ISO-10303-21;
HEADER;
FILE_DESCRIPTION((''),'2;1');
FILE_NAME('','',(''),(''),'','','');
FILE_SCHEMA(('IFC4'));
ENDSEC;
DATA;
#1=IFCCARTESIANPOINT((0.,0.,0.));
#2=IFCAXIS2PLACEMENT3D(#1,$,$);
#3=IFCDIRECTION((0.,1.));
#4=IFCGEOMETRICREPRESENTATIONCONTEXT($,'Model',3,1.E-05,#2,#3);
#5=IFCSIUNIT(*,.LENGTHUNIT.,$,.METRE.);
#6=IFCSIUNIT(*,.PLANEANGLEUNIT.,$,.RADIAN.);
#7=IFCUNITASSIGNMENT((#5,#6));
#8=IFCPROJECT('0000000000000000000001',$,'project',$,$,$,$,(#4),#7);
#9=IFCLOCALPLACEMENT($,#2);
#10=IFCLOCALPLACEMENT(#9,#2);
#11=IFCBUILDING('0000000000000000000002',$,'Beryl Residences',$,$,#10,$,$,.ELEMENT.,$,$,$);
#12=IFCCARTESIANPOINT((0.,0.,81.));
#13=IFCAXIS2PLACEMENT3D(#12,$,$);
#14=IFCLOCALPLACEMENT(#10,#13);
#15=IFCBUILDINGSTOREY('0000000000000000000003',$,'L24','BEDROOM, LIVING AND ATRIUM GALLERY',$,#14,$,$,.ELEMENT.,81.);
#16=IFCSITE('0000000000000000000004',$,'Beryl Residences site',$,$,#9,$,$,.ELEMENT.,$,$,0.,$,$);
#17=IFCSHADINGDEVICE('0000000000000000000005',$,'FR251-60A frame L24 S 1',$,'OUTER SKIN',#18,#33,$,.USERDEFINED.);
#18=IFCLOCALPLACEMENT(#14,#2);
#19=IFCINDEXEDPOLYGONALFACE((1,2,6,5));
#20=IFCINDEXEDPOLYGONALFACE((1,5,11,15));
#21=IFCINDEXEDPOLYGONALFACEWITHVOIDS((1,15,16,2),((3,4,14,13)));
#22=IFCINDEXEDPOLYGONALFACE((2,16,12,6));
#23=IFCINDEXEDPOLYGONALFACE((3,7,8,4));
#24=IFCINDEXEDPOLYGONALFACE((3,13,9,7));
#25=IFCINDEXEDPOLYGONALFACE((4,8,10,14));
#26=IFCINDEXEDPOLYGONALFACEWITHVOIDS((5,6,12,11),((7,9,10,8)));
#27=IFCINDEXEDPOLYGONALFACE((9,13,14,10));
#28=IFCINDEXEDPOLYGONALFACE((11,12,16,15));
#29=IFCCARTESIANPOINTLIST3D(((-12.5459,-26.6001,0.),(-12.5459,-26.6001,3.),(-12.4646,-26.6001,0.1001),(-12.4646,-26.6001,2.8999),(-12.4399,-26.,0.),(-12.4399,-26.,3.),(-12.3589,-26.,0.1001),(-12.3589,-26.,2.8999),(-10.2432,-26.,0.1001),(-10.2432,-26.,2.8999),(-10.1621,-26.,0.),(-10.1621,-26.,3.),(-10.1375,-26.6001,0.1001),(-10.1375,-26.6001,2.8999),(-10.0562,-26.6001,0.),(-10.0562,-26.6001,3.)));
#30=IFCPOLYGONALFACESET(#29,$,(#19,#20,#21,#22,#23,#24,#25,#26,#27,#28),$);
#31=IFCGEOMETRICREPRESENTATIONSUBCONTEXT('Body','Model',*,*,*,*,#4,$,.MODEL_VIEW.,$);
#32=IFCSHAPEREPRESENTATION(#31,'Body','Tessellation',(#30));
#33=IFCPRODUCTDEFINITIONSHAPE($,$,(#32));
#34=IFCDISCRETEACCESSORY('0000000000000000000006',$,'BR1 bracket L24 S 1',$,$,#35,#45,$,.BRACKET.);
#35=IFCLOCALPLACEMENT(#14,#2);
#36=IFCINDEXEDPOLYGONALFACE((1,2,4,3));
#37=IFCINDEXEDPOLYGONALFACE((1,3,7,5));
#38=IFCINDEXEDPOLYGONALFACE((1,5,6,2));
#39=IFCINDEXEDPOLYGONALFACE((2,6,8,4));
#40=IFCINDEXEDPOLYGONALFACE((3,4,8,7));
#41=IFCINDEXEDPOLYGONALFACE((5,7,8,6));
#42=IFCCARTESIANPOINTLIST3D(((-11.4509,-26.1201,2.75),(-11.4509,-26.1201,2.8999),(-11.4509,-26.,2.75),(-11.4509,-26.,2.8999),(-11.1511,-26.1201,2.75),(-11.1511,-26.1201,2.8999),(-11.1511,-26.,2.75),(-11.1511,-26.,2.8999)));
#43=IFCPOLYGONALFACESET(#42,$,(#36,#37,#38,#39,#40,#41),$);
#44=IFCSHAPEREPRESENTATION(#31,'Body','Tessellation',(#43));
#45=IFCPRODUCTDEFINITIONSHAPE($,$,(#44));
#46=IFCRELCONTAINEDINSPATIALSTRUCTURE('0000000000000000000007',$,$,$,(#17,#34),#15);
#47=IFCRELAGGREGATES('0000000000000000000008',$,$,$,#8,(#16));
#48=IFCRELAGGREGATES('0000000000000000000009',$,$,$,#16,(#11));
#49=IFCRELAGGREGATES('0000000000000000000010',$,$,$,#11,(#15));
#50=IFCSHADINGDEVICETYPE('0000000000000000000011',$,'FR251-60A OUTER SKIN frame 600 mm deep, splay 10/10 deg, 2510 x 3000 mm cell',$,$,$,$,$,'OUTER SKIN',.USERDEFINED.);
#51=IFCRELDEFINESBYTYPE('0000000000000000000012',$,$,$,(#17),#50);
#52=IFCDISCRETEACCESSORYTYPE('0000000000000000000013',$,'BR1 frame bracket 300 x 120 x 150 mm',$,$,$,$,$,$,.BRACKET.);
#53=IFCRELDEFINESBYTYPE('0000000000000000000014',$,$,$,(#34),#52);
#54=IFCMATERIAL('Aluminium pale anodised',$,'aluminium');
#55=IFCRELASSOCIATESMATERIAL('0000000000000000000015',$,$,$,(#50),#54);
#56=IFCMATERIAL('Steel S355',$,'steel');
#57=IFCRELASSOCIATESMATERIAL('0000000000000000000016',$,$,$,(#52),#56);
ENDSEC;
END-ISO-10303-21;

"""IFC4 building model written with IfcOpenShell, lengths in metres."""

from ifc_helpers import new_model, entity, si_unit, direction, frame, origin, place, context, subcontext, project, spatial, polyline, outline, extrude, source, transform, mapped, material, type_object, type_shapes, element, save


model = new_model("IFC4")

# Units and contexts
model_context = context("Model", 3, precision=1e-05, world=origin(), true_north=direction((0.0, 1.0)))
body_context = subcontext(model_context, "Body", "Model", "MODEL_VIEW")
ifc_project = project(units=[si_unit("LENGTHUNIT", "METRE"), si_unit("PLANEANGLEUNIT", "RADIAN")], contexts=[model_context])

# Site, building, storey
site_placement = place(None, origin())
site = spatial("IfcSite", under=ifc_project, at=site_placement, Name="Beryl Residences site", CompositionType="ELEMENT", RefElevation=0.0)
building_placement = place(site_placement, origin())
building = spatial("IfcBuilding", under=site, at=building_placement, Name="Beryl Residences", CompositionType="ELEMENT")
storey_placement = place(building_placement, frame((0.0, 0.0, 81.0)))
storey = spatial("IfcBuildingStorey", under=building, at=storey_placement, Name="L24", Description="BEDROOM, LIVING AND ATRIUM GALLERY", CompositionType="ELEMENT", Elevation=81.0)

# Shading device
ifc_material_1 = material(Name="Aluminium pale anodised", Category="aluminium")
shading_device_type = type_object("IfcShadingDeviceType", Name="FR251-60A OUTER SKIN frame 600 mm deep, splay 10/10 deg, 2510 x 3000 mm cell", ElementType="OUTER SKIN", PredefinedType="USERDEFINED", material=ifc_material_1)
cartesian_point_1 = entity("IfcCartesianPoint", [-1.1389, 0.0])
cartesian_point_2 = entity("IfcCartesianPoint", [-1.0579, 0.1001])
cartesian_point_3 = entity("IfcCartesianPoint", [-1.2449, 0.0])
cartesian_point_4 = entity("IfcCartesianPoint", [-1.1636, 0.1001])
shared_shape_1 = source(origin(), body_context, "Body", "SweptSolid", [
    entity("IfcExtrudedAreaSolidTapered", entity("IfcArbitraryProfileDefWithVoids", "AREA", None, entity("IfcPolyline", [cartesian_point_1, entity("IfcCartesianPoint", [1.1389, 0.0]), entity("IfcCartesianPoint", [1.1389, 3.0]), entity("IfcCartesianPoint", [-1.1389, 3.0]), cartesian_point_1]), [entity("IfcPolyline", [cartesian_point_2, entity("IfcCartesianPoint", [1.0579, 0.1001]), entity("IfcCartesianPoint", [1.0579, 2.8999]), entity("IfcCartesianPoint", [-1.0579, 2.8999]), cartesian_point_2])]), entity("IfcAxis2Placement3D", entity("IfcCartesianPoint", [0.0, 0.0, 0.0]), entity("IfcDirection", [0.0, 1.0, 0.0]), entity("IfcDirection", [-1.0, 0.0, 0.0])), entity("IfcDirection", [0.0, 0.0, 1.0]), 0.6001, entity("IfcArbitraryProfileDefWithVoids", "AREA", None, entity("IfcPolyline", [cartesian_point_3, entity("IfcCartesianPoint", [1.2449, 0.0]), entity("IfcCartesianPoint", [1.2449, 3.0]), entity("IfcCartesianPoint", [-1.2449, 3.0]), cartesian_point_3]), [entity("IfcPolyline", [cartesian_point_4, entity("IfcCartesianPoint", [1.1636, 0.1001]), entity("IfcCartesianPoint", [1.1636, 2.8999]), entity("IfcCartesianPoint", [-1.1636, 2.8999]), cartesian_point_4])])),
])
type_shapes(shading_device_type, [shared_shape_1])
shading_device_placement = place(storey_placement, frame((-11.301, -26.0, 0.0), z_axis=(0.0, 0.0, 1.0), x_axis=(-1.0, 0.0, 0.0)))
element("IfcShadingDevice", 1, at=shading_device_placement, inside=storey, type_object=shading_device_type, Name="FR251-60A frame L24 S 1", ObjectType="OUTER SKIN", PredefinedType="USERDEFINED", context=body_context, shape_type="MappedRepresentation", body=[
    mapped(shared_shape_1, transform((0.0, 0.0, 0.0))),
])

# Discrete accessory
ifc_material_2 = material(Name="Steel S355", Category="steel")
discrete_accessory_type = type_object("IfcDiscreteAccessoryType", Name="BR1 frame bracket 300 x 120 x 150 mm", PredefinedType="BRACKET", material=ifc_material_2)
shared_shape_2 = source(origin(), body_context, "Body", "SweptSolid", [
    extrude(outline(polyline([(-0.1499, 0.0), (0.1499, 0.0), (0.1499, 0.1201), (-0.1499, 0.1201), (-0.1499, 0.0)])), origin(), (0.0, 0.0, 1.0), 0.1499),
])
type_shapes(discrete_accessory_type, [shared_shape_2])
discrete_accessory_placement = place(storey_placement, frame((-11.301, -26.0, 2.75), z_axis=(0.0, 0.0, 1.0), x_axis=(-1.0, 0.0, 0.0)))
element("IfcDiscreteAccessory", 2, at=discrete_accessory_placement, inside=storey, type_object=discrete_accessory_type, Name="BR1 bracket L24 S 1", PredefinedType="BRACKET", context=body_context, shape_type="MappedRepresentation", body=[
    mapped(shared_shape_2, transform((0.0, 0.0, 0.0))),
])

save(model, "model.ifc")
